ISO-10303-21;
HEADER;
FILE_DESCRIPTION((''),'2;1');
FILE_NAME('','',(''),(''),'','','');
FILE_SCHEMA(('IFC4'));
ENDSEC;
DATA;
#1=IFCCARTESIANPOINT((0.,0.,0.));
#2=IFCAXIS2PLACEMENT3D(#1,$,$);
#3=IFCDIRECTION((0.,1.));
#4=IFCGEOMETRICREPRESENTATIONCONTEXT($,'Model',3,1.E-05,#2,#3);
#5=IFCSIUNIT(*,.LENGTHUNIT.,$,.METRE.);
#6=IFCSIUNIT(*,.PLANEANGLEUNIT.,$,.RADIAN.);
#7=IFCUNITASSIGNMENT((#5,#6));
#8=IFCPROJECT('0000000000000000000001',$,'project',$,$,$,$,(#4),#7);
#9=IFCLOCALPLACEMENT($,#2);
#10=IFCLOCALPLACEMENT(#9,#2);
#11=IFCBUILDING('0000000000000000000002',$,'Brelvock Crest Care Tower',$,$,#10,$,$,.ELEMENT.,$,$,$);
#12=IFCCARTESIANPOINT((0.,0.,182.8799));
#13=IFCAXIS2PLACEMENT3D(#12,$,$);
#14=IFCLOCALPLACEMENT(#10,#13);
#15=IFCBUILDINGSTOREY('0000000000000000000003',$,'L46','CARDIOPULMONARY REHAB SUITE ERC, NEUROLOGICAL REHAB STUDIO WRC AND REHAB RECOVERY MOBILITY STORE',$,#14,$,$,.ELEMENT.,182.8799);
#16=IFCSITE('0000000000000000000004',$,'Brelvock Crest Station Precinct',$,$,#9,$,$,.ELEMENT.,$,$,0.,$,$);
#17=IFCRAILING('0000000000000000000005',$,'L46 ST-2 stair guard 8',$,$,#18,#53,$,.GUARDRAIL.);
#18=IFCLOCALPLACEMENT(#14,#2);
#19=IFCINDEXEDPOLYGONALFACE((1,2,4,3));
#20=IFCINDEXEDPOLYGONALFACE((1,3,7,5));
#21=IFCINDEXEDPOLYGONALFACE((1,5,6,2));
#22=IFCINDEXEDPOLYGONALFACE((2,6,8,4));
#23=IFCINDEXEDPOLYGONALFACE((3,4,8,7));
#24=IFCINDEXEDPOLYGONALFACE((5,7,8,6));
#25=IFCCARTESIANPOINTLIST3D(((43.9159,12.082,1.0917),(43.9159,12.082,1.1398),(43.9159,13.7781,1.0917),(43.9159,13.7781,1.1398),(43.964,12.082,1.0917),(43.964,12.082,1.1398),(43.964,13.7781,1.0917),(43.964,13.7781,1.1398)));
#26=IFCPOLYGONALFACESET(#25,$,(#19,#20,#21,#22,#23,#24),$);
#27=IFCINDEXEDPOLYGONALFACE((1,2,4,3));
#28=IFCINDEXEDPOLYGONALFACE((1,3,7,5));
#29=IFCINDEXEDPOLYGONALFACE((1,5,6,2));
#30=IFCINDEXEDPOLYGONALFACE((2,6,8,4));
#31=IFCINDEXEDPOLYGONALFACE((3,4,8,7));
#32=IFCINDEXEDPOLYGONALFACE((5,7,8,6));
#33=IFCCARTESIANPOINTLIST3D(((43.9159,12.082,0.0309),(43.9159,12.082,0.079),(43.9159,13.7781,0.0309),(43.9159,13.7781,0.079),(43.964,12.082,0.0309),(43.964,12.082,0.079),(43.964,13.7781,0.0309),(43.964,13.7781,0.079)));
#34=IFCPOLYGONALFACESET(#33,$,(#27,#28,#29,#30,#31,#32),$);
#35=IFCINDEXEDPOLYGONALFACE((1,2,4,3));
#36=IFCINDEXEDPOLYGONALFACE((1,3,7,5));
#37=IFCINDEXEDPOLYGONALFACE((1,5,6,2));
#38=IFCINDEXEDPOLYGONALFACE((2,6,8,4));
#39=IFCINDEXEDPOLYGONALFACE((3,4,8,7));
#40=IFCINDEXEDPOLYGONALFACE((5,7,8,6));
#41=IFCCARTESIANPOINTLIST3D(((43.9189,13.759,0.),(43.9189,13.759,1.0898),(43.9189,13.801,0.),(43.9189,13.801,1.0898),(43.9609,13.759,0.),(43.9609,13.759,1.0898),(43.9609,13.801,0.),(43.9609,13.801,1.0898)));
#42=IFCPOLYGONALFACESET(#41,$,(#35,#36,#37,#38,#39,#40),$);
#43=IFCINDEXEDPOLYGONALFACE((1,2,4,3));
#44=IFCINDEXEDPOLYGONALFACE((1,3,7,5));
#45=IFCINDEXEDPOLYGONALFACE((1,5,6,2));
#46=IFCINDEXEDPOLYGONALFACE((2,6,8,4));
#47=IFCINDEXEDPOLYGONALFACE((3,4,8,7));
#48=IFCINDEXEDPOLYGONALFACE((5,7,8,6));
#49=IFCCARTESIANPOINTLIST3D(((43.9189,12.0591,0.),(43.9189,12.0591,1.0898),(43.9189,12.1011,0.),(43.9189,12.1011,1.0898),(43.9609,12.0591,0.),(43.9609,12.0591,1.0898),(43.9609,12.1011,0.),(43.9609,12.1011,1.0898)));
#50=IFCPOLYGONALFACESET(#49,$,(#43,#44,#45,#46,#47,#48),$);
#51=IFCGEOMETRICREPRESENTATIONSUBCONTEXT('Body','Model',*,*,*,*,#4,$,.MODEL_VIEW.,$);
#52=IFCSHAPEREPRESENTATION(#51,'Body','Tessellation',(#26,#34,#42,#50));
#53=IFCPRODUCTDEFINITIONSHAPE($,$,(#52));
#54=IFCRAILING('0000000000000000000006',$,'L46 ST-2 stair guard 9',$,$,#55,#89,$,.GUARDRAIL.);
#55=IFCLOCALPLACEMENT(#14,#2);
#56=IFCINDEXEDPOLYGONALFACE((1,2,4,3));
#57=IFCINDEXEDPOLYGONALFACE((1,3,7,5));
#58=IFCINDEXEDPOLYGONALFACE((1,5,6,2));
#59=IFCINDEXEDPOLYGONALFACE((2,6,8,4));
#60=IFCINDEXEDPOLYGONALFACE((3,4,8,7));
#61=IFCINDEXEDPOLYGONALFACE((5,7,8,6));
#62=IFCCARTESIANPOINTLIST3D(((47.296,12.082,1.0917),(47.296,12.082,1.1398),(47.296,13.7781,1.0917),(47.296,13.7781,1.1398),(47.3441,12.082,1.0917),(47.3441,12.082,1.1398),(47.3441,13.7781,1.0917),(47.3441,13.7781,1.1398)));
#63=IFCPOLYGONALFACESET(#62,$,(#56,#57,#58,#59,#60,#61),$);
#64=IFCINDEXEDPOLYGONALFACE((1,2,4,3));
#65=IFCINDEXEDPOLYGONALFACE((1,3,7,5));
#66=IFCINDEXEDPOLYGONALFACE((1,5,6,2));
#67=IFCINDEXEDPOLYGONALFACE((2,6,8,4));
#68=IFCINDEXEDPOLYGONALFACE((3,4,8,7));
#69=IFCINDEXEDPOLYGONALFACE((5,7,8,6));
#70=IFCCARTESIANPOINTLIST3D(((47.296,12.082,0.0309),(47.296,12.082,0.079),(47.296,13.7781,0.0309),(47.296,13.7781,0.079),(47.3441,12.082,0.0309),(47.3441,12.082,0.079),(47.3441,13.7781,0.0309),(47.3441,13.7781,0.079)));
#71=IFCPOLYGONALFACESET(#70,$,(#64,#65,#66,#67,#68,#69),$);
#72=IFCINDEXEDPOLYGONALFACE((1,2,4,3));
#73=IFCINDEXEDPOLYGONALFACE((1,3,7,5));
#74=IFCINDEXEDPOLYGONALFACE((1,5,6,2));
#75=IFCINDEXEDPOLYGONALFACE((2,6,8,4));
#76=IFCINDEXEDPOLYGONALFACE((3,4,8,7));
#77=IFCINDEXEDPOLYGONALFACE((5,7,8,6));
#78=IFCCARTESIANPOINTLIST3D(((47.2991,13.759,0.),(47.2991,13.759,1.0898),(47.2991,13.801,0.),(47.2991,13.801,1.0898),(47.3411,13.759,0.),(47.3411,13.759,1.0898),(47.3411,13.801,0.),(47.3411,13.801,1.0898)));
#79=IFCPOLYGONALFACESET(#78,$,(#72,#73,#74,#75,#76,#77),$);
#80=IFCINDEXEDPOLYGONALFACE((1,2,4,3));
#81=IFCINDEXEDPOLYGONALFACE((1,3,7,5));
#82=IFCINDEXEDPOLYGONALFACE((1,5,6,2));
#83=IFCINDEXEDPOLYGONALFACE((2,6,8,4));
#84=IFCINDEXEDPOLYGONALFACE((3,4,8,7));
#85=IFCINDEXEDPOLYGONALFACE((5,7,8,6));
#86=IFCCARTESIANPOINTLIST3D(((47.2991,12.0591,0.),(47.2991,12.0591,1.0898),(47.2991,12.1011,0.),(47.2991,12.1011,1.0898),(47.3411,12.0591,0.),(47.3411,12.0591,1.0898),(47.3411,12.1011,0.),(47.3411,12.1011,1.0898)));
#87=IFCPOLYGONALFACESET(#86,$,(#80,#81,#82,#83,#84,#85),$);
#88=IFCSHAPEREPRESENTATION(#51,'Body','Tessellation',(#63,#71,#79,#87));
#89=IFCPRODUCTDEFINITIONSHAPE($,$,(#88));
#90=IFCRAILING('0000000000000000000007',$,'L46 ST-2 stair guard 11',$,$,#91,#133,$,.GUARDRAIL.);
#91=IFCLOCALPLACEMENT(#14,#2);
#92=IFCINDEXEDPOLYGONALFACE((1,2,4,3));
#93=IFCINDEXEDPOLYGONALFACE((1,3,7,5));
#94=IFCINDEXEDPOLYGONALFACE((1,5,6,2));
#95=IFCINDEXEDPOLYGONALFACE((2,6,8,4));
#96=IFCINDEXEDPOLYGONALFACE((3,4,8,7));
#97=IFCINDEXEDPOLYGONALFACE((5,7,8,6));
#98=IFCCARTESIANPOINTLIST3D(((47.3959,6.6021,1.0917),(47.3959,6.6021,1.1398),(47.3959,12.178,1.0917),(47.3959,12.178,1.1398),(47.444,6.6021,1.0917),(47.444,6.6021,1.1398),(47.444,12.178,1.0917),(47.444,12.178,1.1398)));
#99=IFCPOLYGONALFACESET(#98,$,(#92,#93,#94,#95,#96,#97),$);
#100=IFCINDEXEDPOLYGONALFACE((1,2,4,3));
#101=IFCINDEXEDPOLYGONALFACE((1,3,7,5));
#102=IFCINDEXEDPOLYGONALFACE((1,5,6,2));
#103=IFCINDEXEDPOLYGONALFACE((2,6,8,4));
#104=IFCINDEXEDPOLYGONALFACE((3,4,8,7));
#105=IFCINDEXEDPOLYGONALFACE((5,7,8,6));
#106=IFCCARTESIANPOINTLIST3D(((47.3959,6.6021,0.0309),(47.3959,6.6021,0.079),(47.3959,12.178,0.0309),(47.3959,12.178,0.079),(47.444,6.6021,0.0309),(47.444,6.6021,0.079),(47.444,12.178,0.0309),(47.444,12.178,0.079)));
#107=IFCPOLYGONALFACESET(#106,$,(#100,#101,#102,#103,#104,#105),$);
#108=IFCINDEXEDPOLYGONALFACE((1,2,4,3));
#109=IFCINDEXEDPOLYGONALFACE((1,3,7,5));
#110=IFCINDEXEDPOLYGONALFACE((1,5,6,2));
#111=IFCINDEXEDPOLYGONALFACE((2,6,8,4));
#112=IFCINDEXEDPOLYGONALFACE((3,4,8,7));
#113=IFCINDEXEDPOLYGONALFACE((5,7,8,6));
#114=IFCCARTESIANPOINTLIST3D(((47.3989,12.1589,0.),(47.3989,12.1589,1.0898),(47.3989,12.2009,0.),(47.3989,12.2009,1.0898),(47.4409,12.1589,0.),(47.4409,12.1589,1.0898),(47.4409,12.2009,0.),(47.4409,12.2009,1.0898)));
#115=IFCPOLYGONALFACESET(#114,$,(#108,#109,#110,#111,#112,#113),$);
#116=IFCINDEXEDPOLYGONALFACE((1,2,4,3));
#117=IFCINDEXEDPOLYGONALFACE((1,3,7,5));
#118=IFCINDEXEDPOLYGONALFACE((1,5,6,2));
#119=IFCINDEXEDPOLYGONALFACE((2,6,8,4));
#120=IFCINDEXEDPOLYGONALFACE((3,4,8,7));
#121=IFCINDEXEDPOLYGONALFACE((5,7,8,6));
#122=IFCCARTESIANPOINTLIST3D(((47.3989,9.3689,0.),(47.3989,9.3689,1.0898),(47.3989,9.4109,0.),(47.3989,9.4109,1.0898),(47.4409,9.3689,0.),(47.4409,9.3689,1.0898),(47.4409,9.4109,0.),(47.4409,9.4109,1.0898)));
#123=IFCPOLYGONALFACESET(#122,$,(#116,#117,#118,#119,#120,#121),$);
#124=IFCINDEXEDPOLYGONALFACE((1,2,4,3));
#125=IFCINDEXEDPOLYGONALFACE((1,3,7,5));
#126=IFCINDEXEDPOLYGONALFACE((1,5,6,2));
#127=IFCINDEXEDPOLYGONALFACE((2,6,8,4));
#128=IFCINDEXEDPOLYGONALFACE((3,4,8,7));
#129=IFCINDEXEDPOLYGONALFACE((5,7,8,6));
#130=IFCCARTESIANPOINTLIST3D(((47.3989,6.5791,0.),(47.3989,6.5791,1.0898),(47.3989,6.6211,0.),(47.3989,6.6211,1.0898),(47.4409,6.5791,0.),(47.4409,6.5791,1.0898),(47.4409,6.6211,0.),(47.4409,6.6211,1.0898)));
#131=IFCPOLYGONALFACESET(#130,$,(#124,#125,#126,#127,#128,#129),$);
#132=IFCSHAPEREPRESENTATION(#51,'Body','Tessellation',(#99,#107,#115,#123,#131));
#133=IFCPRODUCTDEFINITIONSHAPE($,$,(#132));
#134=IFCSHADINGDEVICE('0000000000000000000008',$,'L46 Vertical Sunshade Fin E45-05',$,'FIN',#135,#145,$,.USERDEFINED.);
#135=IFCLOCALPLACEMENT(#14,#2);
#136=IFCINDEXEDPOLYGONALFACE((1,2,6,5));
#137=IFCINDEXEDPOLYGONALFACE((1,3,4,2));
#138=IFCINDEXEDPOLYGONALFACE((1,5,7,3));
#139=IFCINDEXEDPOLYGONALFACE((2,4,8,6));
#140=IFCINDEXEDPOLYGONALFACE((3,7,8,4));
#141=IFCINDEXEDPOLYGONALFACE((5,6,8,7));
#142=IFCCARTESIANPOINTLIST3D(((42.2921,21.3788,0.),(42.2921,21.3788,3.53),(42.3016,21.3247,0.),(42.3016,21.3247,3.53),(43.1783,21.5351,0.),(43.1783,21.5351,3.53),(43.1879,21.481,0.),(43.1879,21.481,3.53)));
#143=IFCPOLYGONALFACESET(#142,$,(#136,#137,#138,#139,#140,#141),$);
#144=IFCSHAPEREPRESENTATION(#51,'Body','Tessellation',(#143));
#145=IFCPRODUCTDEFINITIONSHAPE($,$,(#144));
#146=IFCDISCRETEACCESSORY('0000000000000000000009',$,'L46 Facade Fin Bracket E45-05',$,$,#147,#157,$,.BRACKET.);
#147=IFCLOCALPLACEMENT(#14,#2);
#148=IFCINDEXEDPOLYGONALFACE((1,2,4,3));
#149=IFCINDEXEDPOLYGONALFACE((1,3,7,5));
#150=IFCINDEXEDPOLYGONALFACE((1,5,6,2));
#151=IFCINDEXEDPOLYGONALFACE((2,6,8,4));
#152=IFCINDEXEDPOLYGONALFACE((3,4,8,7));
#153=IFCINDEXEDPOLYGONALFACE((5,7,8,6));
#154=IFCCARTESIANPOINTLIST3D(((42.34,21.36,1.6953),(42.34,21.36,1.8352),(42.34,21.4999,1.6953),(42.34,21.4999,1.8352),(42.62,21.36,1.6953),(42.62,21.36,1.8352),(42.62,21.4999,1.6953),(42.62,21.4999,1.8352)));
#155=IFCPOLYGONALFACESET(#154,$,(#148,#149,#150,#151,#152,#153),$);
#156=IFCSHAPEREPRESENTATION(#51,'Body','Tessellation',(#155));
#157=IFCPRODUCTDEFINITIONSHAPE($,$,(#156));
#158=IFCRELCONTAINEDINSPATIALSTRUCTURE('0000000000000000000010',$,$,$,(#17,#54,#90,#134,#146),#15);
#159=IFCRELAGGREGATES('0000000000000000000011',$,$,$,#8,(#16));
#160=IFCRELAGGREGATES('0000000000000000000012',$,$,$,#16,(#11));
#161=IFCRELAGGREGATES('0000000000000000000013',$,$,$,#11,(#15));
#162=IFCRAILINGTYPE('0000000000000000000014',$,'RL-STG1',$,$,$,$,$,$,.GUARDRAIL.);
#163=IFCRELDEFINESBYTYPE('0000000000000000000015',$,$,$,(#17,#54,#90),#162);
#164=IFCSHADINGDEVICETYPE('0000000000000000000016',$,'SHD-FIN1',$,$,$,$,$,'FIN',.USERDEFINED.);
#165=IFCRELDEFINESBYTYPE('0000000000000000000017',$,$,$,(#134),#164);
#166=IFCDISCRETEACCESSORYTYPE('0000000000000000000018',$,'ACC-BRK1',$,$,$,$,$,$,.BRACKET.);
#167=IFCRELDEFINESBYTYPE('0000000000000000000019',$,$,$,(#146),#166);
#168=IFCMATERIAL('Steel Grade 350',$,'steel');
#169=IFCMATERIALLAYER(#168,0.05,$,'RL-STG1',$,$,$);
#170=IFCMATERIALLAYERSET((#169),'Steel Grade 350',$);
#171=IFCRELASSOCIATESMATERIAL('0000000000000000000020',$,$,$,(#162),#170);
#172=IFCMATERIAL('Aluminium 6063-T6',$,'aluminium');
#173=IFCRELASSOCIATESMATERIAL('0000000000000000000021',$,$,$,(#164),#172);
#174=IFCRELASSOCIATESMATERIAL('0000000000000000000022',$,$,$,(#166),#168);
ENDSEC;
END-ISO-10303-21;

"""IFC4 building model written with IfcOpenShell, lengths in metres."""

from ifc_helpers import new_model, si_unit, direction, frame, origin, origin_2d, place, context, subcontext, project, spatial, rectangle, extrude, source, transform, mapped, material, layer, layer_set, material_profile, profile_set, type_object, element, save


model = new_model("IFC4")

# Units and contexts
model_context = context("Model", 3, precision=1e-05, world=origin(), true_north=direction((0.0, 1.0)))
body_context = subcontext(model_context, "Body", "Model", "MODEL_VIEW")
ifc_project = project(units=[si_unit("LENGTHUNIT", "METRE"), si_unit("PLANEANGLEUNIT", "RADIAN")], contexts=[model_context])

# Site, building, storey
site_placement = place(None, origin())
site = spatial("IfcSite", under=ifc_project, at=site_placement, Name="Brelvock Crest Station Precinct", CompositionType="ELEMENT", RefElevation=0.0)
building_placement = place(site_placement, origin())
building = spatial("IfcBuilding", under=site, at=building_placement, Name="Brelvock Crest Care Tower", CompositionType="ELEMENT")
storey_placement = place(building_placement, frame((0.0, 0.0, 182.8799)))
storey = spatial("IfcBuildingStorey", under=building, at=storey_placement, Name="L46", Description="CARDIOPULMONARY REHAB SUITE ERC, NEUROLOGICAL REHAB STUDIO WRC AND REHAB RECOVERY MOBILITY STORE", CompositionType="ELEMENT", Elevation=182.8799)

# Shared definitions
ifc_material_1 = material(Name="Steel Grade 350", Category="steel")

# Shared definitions
ifc_material_2 = material(Name="Aluminium 6063-T6", Category="aluminium")

# Railings
ifc_layer_1 = layer(ifc_material_1, 0.05, Name="RL-STG1")
ifc_layer_set_1 = layer_set([ifc_layer_1], Name="Steel Grade 350")
railing_type = type_object("IfcRailingType", Name="RL-STG1", PredefinedType="GUARDRAIL", material=ifc_layer_set_1)
for number, where, name in (
    (1, (43.9399, 13.78, 0.0), "L46 ST-2 stair guard 8"),
    (2, (47.3201, 13.78, 0.0), "L46 ST-2 stair guard 9"),
):
    element("IfcRailing", number, at=place(storey_placement, frame(where)), inside=storey, type_object=railing_type, Name=name, PredefinedType="GUARDRAIL", context=body_context, shape_type="SweptSolid", body=[
        extrude(rectangle(XDim=0.0481, YDim=0.0481, at=origin_2d()), frame((0.0, -0.002, 1.1157), z_axis=(0.0, -1.0, 0.0), x_axis=(1.0, 0.0, 0.0)), (0.0, 0.0, 1.0), 1.696),
        extrude(rectangle(XDim=0.0481, YDim=0.0481, at=origin_2d()), frame((0.0, -0.002, 0.0549), z_axis=(0.0, -1.0, 0.0), x_axis=(1.0, 0.0, 0.0)), (0.0, 0.0, 1.0), 1.696),
        extrude(rectangle(XDim=0.042, YDim=0.042, at=origin_2d()), origin(), (0.0, 0.0, 1.0), 1.0898),
        extrude(rectangle(XDim=0.042, YDim=0.042, at=origin_2d()), frame((0.0, -1.7, 0.0)), (0.0, 0.0, 1.0), 1.0898),
    ])
railing_placement = place(storey_placement, frame((47.4199, 12.1799, 0.0)))
element("IfcRailing", 3, at=railing_placement, inside=storey, type_object=railing_type, Name="L46 ST-2 stair guard 11", PredefinedType="GUARDRAIL", context=body_context, shape_type="SweptSolid", body=[
    extrude(rectangle(XDim=0.0481, YDim=0.0481, at=origin_2d()), frame((0.0, -0.002, 1.1157), z_axis=(0.0, -1.0, 0.0), x_axis=(1.0, 0.0, 0.0)), (0.0, 0.0, 1.0), 5.5759),
    extrude(rectangle(XDim=0.0481, YDim=0.0481, at=origin_2d()), frame((0.0, -0.002, 0.0549), z_axis=(0.0, -1.0, 0.0), x_axis=(1.0, 0.0, 0.0)), (0.0, 0.0, 1.0), 5.5759),
    extrude(rectangle(XDim=0.042, YDim=0.042, at=origin_2d()), origin(), (0.0, 0.0, 1.0), 1.0898),
    extrude(rectangle(XDim=0.042, YDim=0.042, at=origin_2d()), frame((0.0, -2.79, 0.0)), (0.0, 0.0, 1.0), 1.0898),
    extrude(rectangle(XDim=0.042, YDim=0.042, at=origin_2d()), frame((0.0, -5.5798, 0.0)), (0.0, 0.0, 1.0), 1.0898),
])

# Shading device
ifc_material_profile_1 = material_profile(ifc_material_2, rectangle(XDim=0.0549, YDim=0.8999, at=origin_2d()), Name="FIN55x900")
ifc_profile_set_1 = profile_set([ifc_material_profile_1], Name="Aluminium 6063-T6")
shading_device_type = type_object("IfcShadingDeviceType", Name="SHD-FIN1", ElementType="FIN", PredefinedType="USERDEFINED", material=ifc_profile_set_1)
shared_shape_1 = source(origin(), body_context, "Body", "SweptSolid", [
    extrude(rectangle(XDim=0.0549, YDim=0.8999, at=origin_2d()), origin(), (0.0, 0.0, 1.0), 3.53),
])
shading_device_placement = place(storey_placement, frame((42.74, 21.4299, 0.0), z_axis=(0.0, 0.0, 1.0), x_axis=(0.173648, -0.984808, 0.0)))
element("IfcShadingDevice", 4, at=shading_device_placement, inside=storey, type_object=shading_device_type, Name="L46 Vertical Sunshade Fin E45-05", ObjectType="FIN", PredefinedType="USERDEFINED", context=body_context, shape_type="MappedRepresentation", body=[
    mapped(shared_shape_1, transform((0.0, 0.0, 0.0), x_axis=(1.0, 0.0, 0.0), y_axis=(0.0, 1.0, 0.0), z_axis=(0.0, 0.0, 1.0), scale=1.0)),
])

# Discrete accessory
discrete_accessory_type = type_object("IfcDiscreteAccessoryType", Name="ACC-BRK1", PredefinedType="BRACKET", material=ifc_material_1)
shared_shape_2 = source(origin(), body_context, "Body", "SweptSolid", [
    extrude(rectangle(XDim=0.28, YDim=0.1399, at=origin_2d()), origin(), (0.0, 0.0, 1.0), 0.1399),
])
discrete_accessory_placement = place(storey_placement, frame((42.48, 21.4299, 1.6953), z_axis=(0.0, 0.0, 1.0), x_axis=(1.0, 0.0, 0.0)))
element("IfcDiscreteAccessory", 5, at=discrete_accessory_placement, inside=storey, type_object=discrete_accessory_type, Name="L46 Facade Fin Bracket E45-05", PredefinedType="BRACKET", context=body_context, shape_type="MappedRepresentation", body=[
    mapped(shared_shape_2, transform((0.0, 0.0, 0.0), x_axis=(1.0, 0.0, 0.0), y_axis=(0.0, 1.0, 0.0), z_axis=(0.0, 0.0, 1.0), scale=1.0)),
])

save(model, "model.ifc")
